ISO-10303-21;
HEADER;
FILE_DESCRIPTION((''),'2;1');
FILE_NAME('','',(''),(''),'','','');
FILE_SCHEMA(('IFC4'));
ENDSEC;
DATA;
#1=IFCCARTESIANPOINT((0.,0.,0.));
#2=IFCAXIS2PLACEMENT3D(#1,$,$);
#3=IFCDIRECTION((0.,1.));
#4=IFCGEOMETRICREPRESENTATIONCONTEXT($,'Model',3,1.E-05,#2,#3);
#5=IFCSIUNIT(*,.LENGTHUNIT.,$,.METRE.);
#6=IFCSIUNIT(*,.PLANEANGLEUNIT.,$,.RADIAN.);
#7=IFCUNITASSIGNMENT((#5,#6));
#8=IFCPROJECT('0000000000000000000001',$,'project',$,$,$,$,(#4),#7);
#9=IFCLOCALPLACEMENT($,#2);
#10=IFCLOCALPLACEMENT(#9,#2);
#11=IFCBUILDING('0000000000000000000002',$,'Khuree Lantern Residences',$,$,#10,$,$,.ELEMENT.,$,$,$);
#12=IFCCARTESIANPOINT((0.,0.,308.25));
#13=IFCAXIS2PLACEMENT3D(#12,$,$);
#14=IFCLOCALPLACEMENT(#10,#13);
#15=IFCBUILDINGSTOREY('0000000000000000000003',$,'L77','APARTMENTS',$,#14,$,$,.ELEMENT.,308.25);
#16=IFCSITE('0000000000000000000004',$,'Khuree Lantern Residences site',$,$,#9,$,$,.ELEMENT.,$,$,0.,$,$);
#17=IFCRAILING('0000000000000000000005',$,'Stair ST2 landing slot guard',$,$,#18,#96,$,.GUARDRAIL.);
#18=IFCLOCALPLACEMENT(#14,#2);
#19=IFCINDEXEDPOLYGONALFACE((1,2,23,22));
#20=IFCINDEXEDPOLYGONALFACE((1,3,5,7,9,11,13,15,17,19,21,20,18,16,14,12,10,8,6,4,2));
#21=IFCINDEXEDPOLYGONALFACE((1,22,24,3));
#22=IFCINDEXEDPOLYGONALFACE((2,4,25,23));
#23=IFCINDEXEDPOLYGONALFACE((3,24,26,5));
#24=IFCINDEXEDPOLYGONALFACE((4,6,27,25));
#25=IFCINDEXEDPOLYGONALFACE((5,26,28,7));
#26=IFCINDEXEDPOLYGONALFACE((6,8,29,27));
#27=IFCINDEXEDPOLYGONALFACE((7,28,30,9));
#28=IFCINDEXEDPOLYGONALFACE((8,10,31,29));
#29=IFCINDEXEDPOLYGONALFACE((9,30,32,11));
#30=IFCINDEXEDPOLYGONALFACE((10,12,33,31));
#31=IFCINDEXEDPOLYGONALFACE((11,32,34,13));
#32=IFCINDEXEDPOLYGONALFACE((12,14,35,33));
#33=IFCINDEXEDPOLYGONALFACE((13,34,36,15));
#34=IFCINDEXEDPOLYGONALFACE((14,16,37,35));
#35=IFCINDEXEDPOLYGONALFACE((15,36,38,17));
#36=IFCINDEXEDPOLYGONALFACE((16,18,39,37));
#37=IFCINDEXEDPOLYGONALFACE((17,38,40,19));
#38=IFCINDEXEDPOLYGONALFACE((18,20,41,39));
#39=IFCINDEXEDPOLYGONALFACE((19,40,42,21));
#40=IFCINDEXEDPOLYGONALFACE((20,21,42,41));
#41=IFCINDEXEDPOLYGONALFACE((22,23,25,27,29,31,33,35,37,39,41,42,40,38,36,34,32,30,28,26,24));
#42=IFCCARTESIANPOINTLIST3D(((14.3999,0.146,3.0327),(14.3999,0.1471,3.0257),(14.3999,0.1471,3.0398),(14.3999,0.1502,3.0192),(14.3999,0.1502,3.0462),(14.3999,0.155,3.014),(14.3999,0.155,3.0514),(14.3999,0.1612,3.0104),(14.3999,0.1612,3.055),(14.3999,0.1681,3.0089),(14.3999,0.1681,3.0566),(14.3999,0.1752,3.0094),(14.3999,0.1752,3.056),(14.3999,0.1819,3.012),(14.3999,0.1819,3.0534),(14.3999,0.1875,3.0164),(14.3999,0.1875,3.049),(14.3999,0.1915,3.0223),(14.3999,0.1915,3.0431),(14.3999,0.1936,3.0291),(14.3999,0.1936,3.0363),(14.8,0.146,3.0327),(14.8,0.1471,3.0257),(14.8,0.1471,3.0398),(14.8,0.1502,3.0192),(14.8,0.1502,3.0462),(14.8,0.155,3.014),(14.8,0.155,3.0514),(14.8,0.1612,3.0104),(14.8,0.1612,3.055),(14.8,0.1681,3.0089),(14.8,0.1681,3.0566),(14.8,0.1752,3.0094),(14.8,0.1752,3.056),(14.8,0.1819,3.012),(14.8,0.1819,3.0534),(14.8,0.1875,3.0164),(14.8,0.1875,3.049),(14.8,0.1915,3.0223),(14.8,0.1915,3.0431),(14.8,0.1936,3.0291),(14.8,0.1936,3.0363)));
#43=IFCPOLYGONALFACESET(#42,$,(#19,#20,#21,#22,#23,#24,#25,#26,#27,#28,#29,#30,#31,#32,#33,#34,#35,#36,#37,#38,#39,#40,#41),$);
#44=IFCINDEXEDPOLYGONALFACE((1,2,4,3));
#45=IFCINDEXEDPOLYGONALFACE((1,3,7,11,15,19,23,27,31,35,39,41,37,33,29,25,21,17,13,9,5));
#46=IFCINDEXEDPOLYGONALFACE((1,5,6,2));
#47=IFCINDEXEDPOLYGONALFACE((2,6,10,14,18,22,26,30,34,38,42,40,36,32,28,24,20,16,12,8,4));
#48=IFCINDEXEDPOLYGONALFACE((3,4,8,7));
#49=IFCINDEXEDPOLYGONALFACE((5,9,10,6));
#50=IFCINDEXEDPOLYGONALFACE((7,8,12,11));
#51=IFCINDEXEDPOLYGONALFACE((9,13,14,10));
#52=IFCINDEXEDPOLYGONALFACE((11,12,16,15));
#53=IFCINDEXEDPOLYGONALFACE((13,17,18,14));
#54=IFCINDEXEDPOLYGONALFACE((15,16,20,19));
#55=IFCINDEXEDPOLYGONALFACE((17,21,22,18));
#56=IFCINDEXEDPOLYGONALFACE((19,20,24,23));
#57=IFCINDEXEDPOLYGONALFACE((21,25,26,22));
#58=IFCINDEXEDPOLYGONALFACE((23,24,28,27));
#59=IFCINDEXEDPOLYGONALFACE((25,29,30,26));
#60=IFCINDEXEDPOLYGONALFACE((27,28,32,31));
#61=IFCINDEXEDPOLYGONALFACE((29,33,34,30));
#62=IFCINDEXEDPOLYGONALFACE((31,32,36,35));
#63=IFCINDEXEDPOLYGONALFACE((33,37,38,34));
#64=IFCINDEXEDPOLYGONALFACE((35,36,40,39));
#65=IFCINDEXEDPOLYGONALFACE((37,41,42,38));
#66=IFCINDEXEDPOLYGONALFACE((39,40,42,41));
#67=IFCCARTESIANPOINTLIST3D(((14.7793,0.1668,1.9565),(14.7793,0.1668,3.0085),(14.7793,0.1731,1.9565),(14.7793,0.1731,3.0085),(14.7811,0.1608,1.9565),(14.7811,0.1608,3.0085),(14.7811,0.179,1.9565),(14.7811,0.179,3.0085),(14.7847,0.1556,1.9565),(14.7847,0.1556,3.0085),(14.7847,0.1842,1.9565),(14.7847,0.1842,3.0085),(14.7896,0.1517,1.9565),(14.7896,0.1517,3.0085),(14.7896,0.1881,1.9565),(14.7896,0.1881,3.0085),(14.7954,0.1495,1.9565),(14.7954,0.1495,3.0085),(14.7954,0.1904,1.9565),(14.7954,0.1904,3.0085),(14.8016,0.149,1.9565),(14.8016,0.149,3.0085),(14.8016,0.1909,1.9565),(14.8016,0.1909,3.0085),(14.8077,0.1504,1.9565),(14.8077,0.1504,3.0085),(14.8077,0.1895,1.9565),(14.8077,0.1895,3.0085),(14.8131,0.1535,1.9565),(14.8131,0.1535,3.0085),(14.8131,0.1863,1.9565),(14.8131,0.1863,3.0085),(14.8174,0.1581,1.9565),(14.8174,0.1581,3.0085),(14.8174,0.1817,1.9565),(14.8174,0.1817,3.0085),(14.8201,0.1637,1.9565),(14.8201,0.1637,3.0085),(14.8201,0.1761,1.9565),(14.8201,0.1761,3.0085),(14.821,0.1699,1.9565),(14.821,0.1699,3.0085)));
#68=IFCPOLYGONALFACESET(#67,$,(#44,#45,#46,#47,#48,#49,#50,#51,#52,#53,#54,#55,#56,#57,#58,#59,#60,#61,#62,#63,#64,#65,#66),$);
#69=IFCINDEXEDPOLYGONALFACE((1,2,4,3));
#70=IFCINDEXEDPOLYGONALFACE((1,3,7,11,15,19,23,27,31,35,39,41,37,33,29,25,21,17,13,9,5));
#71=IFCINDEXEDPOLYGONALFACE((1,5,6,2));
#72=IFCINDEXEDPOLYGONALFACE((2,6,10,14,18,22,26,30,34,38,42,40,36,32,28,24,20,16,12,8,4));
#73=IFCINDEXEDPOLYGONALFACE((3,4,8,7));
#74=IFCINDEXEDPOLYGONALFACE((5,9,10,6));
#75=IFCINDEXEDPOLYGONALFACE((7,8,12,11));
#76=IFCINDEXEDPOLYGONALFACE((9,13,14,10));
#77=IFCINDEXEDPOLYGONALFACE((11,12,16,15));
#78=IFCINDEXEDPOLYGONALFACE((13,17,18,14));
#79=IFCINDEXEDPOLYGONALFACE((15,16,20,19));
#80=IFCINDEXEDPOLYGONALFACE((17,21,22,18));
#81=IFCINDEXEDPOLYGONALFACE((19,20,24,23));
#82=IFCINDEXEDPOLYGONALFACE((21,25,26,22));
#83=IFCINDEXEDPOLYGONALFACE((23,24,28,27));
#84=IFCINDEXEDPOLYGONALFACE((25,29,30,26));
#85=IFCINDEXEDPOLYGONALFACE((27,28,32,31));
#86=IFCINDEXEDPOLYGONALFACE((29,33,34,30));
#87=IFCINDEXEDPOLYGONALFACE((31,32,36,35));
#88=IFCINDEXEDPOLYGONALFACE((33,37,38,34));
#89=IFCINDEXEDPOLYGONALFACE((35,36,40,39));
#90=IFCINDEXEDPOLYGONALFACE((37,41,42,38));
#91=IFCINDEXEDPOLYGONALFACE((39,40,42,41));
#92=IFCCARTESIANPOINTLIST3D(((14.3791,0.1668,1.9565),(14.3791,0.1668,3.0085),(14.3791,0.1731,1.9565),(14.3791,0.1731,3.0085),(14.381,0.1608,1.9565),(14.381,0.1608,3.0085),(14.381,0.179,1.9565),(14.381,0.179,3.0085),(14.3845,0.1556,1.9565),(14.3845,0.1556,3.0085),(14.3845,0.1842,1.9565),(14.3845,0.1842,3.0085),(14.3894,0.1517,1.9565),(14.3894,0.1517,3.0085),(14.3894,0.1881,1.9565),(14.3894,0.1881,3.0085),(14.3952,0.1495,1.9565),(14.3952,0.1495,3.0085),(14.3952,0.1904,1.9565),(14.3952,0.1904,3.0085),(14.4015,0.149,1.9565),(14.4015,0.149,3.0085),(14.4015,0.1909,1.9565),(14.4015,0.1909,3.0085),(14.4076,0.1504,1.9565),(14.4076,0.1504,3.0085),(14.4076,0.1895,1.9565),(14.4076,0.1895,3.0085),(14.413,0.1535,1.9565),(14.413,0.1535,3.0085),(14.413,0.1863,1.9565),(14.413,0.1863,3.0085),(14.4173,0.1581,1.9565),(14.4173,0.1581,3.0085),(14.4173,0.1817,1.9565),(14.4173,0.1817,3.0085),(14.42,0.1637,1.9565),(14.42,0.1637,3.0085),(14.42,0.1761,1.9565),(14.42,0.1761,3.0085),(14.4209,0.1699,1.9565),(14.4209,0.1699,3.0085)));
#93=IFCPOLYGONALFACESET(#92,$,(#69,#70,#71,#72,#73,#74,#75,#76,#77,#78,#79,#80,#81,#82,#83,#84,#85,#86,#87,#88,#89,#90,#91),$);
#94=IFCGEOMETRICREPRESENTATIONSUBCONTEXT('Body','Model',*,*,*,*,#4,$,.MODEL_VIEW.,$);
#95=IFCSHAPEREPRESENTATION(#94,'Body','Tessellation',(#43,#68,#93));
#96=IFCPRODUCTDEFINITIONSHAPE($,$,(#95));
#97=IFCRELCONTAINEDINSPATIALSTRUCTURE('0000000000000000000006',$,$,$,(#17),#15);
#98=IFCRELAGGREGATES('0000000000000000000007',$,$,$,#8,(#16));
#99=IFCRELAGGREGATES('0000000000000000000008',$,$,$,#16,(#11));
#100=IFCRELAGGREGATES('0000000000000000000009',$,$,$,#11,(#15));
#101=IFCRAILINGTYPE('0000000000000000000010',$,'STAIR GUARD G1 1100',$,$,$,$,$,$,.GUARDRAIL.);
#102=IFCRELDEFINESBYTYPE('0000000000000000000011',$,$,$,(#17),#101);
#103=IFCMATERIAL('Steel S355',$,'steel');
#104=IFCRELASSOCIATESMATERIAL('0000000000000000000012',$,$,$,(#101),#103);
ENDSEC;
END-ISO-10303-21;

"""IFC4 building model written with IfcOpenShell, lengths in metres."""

from ifc_helpers import new_model, si_unit, direction, frame, origin, origin_2d, place, context, subcontext, project, spatial, circle, extrude, material, type_object, element, save


model = new_model("IFC4")

# Units and contexts
model_context = context("Model", 3, precision=1e-05, world=origin(), true_north=direction((0.0, 1.0)))
body_context = subcontext(model_context, "Body", "Model", "MODEL_VIEW")
ifc_project = project(units=[si_unit("LENGTHUNIT", "METRE"), si_unit("PLANEANGLEUNIT", "RADIAN")], contexts=[model_context])

# Site, building, storey
site_placement = place(None, origin())
site = spatial("IfcSite", under=ifc_project, at=site_placement, Name="Khuree Lantern Residences site", CompositionType="ELEMENT", RefElevation=0.0)
building_placement = place(site_placement, origin())
building = spatial("IfcBuilding", under=site, at=building_placement, Name="Khuree Lantern Residences", CompositionType="ELEMENT")
storey_placement = place(building_placement, frame((0.0, 0.0, 308.25)))
storey = spatial("IfcBuildingStorey", under=building, at=storey_placement, Name="L77", Description="APARTMENTS", CompositionType="ELEMENT", Elevation=308.25)

# Railing
ifc_material_1 = material(Name="Steel S355", Category="steel")
railing_type = type_object("IfcRailingType", Name="STAIR GUARD G1 1100", PredefinedType="GUARDRAIL", material=ifc_material_1)
railing_placement = place(storey_placement, frame((14.8, 0.1699, 1.9565)))
element("IfcRailing", 1, at=railing_placement, inside=storey, type_object=railing_type, Name="Stair ST2 landing slot guard", PredefinedType="GUARDRAIL", context=body_context, shape_type="SweptSolid", body=[
    extrude(circle(Radius=0.0239, at=origin_2d()), frame((0.0, 0.0, 1.0762), z_axis=(-1.0, 0.0, 0.0), x_axis=(0.0, -1.0, 0.0)), (0.0, 0.0, 1.0), 0.4001),
    extrude(circle(Radius=0.021, at=origin_2d()), origin(), (0.0, 0.0, 1.0), 1.052),
    extrude(circle(Radius=0.021, at=origin_2d()), frame((-0.4001, 0.0, 0.0)), (0.0, 0.0, 1.0), 1.052),
])

save(model, "model.ifc")
